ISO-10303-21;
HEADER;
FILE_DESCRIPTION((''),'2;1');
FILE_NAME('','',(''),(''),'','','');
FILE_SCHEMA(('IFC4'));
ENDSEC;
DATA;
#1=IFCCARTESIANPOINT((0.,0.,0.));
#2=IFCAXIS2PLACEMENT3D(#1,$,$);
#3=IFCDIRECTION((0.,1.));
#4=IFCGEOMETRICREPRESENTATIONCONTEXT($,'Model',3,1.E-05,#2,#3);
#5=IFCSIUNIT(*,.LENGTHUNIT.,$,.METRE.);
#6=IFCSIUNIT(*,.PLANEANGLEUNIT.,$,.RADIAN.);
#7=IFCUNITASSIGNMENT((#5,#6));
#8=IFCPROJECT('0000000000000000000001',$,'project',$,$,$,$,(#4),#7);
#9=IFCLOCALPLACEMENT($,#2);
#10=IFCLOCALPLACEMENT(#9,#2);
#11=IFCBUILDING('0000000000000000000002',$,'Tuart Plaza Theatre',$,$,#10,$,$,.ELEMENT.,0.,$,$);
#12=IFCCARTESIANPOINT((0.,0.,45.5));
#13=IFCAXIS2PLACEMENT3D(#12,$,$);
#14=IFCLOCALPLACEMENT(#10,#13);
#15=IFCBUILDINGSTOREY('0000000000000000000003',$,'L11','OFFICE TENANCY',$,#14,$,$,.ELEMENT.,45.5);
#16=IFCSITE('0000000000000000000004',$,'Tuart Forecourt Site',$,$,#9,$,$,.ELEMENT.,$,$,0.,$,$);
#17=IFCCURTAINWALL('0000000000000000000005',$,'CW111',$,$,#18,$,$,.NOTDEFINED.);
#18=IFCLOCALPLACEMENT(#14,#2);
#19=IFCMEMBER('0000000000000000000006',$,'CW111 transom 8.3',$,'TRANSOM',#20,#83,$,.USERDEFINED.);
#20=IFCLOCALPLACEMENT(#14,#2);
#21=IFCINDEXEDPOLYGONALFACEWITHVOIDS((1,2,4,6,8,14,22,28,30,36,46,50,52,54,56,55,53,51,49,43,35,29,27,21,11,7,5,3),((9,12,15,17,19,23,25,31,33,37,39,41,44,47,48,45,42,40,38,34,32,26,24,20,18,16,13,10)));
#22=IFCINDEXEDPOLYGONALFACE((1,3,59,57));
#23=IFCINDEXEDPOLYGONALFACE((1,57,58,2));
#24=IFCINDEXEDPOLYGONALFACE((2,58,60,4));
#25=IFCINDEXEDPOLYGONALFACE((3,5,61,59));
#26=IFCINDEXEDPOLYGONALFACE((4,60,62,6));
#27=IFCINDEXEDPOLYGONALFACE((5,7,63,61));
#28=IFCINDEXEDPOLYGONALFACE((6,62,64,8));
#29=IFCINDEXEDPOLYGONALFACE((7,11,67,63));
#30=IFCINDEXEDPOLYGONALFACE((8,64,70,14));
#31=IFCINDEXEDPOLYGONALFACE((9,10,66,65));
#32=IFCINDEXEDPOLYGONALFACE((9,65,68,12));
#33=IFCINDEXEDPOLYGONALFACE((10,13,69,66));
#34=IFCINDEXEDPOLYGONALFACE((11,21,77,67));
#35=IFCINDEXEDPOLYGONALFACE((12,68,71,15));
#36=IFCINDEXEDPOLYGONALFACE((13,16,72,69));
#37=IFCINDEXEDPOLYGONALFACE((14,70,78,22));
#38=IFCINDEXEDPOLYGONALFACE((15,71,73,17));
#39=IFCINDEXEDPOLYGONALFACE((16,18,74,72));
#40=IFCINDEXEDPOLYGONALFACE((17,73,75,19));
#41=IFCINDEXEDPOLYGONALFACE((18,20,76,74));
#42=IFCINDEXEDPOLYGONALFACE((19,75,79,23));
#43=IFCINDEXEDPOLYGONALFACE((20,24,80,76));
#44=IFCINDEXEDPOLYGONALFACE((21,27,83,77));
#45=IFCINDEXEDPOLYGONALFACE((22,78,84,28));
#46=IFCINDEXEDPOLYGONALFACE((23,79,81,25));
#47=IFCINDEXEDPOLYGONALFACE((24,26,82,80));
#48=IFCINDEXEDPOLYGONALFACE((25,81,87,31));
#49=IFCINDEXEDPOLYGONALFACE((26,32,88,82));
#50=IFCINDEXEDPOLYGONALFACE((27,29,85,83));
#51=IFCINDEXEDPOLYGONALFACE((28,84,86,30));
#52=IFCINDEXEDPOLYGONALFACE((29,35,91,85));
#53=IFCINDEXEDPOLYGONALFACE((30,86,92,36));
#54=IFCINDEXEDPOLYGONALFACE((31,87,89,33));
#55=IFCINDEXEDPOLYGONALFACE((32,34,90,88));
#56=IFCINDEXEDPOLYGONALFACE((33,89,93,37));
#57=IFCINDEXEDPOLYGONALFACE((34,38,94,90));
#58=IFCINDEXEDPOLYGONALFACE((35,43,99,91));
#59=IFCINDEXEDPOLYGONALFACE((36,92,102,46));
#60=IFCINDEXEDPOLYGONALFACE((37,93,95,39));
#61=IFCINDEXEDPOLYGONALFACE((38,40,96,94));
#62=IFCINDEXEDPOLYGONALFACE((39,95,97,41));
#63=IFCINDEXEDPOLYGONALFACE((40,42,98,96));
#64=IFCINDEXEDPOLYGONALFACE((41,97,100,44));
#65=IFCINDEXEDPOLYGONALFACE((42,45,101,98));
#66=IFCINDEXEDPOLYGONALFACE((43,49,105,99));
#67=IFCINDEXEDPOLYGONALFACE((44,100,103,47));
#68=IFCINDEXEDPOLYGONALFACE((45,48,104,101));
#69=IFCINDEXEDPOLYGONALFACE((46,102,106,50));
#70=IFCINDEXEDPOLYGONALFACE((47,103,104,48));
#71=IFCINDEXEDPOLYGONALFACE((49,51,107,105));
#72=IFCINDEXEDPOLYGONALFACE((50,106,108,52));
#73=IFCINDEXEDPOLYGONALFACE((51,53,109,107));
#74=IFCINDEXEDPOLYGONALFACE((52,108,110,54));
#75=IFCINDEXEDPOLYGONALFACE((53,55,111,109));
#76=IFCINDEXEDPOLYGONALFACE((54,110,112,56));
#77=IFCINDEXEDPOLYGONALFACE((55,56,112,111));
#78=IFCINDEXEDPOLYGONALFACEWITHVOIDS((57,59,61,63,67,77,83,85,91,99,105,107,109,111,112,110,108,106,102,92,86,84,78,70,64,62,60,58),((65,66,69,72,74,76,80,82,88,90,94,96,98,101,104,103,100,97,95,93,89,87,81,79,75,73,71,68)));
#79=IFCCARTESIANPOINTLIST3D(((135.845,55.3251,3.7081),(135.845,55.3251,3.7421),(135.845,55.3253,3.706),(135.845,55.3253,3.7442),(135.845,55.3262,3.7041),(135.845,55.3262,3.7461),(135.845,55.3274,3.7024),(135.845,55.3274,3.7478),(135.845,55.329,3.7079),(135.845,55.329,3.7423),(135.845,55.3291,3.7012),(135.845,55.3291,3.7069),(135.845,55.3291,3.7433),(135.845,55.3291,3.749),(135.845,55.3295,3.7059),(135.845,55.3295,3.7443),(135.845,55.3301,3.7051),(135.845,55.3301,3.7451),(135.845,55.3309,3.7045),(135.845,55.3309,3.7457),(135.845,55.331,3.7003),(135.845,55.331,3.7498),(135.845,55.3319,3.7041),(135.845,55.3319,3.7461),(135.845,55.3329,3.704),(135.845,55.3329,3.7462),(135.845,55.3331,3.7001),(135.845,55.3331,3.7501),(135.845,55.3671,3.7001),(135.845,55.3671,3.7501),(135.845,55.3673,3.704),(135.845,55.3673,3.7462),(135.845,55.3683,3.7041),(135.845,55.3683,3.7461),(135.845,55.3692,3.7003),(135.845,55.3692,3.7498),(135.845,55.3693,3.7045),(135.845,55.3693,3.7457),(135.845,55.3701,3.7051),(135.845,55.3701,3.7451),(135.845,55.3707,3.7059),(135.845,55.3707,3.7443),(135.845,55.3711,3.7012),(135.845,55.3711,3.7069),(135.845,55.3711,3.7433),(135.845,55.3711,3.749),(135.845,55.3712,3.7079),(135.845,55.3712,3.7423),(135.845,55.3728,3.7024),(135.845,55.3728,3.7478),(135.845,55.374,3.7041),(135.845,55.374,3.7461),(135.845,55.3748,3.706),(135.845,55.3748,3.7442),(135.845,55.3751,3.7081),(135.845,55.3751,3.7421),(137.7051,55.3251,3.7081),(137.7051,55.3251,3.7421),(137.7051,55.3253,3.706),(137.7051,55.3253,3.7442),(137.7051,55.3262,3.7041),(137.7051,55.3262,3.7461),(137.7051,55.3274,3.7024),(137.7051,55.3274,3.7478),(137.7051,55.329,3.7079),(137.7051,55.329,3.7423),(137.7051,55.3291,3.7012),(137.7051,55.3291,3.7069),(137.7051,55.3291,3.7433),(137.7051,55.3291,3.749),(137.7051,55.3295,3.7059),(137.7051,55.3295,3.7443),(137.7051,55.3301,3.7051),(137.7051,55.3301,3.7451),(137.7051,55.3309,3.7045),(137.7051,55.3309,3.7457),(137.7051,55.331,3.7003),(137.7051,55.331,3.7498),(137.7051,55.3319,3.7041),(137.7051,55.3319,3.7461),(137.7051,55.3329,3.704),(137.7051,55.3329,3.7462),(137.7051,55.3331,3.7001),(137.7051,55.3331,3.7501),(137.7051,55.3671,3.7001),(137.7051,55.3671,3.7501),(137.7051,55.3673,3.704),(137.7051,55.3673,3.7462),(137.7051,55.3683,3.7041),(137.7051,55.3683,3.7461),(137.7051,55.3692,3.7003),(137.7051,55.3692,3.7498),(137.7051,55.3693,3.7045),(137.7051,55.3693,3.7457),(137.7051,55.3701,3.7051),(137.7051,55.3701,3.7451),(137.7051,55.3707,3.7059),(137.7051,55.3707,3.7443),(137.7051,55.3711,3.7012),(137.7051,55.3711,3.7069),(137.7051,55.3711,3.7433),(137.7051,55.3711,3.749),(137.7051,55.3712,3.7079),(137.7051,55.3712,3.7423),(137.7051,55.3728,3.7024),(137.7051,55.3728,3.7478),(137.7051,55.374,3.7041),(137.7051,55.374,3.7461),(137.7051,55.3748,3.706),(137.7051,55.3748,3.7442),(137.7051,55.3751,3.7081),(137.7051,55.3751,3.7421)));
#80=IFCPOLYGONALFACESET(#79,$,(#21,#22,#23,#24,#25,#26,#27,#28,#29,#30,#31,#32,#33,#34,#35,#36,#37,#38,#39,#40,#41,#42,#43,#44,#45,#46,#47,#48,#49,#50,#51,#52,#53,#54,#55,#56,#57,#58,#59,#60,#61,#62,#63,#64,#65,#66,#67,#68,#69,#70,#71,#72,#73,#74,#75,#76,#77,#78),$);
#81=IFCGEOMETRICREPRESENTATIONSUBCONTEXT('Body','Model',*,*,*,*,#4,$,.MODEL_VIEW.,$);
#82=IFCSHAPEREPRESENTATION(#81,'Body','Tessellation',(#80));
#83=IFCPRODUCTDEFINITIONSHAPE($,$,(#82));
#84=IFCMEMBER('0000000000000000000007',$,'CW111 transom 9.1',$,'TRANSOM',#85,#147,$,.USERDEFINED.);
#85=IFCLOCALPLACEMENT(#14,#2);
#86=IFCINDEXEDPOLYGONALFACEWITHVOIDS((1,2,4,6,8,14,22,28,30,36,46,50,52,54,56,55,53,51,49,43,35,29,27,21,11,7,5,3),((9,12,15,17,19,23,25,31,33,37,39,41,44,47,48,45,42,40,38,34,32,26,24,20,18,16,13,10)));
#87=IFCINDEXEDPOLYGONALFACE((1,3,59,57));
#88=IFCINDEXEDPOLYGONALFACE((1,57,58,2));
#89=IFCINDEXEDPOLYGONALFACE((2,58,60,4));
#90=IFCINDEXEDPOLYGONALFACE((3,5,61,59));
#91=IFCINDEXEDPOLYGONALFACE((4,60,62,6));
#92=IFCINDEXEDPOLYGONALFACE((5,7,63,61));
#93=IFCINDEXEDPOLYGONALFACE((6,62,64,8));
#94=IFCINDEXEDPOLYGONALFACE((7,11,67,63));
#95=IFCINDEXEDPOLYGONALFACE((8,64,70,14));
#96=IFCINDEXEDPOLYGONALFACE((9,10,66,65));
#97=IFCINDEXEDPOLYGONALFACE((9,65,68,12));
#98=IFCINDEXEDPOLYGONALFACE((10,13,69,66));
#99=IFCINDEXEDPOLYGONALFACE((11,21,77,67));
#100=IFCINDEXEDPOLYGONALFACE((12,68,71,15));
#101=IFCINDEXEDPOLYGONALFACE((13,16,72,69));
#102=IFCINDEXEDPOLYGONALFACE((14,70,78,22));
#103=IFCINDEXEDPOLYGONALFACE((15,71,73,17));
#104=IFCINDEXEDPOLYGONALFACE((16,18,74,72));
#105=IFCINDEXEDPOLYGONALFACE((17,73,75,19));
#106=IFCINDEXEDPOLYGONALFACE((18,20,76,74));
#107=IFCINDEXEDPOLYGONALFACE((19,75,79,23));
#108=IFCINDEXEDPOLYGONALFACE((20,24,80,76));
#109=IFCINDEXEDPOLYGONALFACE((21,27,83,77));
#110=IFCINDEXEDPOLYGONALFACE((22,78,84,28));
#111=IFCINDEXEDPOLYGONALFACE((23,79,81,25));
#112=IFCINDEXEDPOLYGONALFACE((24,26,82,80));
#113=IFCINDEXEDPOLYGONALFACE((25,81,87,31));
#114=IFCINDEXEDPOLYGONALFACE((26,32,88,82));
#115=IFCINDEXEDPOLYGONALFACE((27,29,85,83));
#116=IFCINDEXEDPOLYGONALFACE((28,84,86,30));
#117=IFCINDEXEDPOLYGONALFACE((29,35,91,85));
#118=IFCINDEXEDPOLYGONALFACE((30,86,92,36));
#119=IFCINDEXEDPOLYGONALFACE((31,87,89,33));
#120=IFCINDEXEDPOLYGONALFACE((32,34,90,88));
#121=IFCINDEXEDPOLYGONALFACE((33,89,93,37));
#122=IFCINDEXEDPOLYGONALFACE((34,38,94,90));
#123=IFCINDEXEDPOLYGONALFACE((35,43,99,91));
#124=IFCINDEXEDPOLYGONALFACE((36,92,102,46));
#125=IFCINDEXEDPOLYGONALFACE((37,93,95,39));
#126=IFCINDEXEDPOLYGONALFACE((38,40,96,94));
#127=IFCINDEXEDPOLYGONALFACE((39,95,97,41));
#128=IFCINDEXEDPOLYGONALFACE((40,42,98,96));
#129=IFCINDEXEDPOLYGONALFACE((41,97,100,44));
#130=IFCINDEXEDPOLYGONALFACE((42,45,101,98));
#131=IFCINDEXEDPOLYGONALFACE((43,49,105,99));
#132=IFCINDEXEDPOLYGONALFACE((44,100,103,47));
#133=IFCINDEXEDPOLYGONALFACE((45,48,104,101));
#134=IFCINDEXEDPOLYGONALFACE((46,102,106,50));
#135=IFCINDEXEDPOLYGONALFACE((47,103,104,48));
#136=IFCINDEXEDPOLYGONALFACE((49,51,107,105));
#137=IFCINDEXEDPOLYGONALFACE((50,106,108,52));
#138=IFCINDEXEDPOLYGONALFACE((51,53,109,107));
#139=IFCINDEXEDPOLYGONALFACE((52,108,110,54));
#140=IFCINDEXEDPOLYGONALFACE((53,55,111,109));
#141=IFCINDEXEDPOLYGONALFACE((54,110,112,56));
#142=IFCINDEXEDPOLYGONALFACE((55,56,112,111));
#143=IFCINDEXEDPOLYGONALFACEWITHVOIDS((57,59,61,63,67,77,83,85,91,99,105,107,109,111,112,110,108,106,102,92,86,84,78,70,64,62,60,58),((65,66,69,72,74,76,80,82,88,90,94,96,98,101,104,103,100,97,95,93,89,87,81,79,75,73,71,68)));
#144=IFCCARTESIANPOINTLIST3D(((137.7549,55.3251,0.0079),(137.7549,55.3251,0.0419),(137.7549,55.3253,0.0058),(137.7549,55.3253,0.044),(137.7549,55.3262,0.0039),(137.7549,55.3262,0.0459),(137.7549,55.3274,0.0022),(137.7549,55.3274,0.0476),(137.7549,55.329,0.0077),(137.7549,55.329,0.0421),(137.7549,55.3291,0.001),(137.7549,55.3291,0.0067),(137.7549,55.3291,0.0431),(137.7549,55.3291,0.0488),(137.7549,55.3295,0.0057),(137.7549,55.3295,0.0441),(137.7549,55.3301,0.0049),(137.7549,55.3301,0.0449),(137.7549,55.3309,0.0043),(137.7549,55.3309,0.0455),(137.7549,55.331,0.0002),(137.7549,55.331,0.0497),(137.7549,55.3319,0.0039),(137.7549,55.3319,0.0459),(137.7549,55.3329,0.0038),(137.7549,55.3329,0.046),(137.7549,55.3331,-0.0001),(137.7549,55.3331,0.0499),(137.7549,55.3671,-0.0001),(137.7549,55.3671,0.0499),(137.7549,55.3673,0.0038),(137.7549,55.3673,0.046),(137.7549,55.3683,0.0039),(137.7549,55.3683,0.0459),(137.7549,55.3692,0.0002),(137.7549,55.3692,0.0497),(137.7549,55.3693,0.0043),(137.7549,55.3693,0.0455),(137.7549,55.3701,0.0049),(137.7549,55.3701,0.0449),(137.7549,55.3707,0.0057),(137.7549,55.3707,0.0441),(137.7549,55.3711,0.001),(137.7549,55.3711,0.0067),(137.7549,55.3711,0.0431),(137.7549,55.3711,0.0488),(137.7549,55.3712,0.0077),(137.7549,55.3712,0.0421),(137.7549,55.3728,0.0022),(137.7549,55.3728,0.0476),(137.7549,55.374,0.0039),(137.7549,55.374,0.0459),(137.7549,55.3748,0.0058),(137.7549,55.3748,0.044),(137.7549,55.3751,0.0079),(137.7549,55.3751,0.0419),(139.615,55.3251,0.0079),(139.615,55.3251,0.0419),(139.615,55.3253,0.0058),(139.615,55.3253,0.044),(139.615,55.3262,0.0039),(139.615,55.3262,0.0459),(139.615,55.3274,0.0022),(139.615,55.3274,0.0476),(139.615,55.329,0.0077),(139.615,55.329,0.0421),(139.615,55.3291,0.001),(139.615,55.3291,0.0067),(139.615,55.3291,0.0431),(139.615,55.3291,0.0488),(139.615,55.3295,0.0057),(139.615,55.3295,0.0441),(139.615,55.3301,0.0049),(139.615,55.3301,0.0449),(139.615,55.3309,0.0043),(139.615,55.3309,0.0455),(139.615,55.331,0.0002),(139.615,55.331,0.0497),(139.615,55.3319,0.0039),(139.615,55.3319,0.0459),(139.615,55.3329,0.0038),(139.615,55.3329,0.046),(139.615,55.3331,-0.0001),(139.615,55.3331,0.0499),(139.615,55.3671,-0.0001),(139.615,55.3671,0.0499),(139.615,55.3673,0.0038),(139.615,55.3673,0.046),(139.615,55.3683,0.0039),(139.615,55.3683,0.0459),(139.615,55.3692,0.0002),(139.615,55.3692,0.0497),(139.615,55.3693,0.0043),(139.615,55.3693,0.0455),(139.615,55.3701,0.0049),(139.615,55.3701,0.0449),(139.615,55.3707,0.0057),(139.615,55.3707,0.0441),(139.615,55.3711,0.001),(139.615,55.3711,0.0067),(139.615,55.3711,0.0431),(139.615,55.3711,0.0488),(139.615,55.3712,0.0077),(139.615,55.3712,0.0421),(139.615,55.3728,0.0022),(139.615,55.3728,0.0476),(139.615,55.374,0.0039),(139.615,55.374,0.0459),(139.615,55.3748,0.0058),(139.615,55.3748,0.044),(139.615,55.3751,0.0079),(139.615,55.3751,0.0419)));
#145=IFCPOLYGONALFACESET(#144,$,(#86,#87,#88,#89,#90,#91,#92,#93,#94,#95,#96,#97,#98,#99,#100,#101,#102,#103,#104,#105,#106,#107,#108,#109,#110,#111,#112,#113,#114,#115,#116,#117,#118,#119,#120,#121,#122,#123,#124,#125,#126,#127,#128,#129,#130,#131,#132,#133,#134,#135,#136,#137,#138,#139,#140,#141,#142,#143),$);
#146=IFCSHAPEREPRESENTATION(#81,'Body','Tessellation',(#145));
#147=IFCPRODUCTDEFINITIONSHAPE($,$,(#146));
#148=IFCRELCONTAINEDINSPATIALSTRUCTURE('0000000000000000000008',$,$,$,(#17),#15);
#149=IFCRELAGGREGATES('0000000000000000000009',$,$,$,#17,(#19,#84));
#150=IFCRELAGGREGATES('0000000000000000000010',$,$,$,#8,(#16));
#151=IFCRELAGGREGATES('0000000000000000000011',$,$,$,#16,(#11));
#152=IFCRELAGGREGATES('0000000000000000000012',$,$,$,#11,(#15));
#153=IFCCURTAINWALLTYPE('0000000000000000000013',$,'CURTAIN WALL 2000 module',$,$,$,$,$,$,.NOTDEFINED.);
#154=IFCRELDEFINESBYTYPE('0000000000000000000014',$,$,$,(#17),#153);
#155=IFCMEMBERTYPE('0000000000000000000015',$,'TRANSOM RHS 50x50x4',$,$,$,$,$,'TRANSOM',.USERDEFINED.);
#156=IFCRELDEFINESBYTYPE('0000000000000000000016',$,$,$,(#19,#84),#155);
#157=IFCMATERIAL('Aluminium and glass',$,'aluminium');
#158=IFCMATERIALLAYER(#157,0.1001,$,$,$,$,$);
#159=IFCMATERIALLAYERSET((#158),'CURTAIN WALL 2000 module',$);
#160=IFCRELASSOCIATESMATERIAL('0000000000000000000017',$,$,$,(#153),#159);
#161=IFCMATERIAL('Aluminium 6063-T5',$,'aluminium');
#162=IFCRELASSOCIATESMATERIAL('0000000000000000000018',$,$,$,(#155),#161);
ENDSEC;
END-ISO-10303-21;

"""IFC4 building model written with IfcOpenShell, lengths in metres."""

from ifc_helpers import new_model, si_unit, direction, frame, origin, origin_2d, place, context, subcontext, project, spatial, hollow_rectangle, extrude, material, layer, layer_set, material_profile, profile_set, type_object, element, aggregate, save


model = new_model("IFC4")

# Units and contexts
model_context = context("Model", 3, precision=1e-05, world=origin(), true_north=direction((0.0, 1.0)))
body_context = subcontext(model_context, "Body", "Model", "MODEL_VIEW")
ifc_project = project(units=[si_unit("LENGTHUNIT", "METRE"), si_unit("PLANEANGLEUNIT", "RADIAN")], contexts=[model_context])

# Site, building, storey
site_placement = place(None, origin())
site = spatial("IfcSite", under=ifc_project, at=site_placement, Name="Tuart Forecourt Site", CompositionType="ELEMENT", RefElevation=0.0)
building_placement = place(site_placement, origin())
building = spatial("IfcBuilding", under=site, at=building_placement, Name="Tuart Plaza Theatre", CompositionType="ELEMENT", ElevationOfRefHeight=0.0)
storey_placement = place(building_placement, frame((0.0, 0.0, 45.5)))
storey = spatial("IfcBuildingStorey", under=building, at=storey_placement, Name="L11", Description="OFFICE TENANCY", CompositionType="ELEMENT", Elevation=45.5)

# Shared definitions
ifc_material_1 = material(Name="Aluminium and glass", Category="aluminium")
ifc_layer_1 = layer(ifc_material_1, 0.1001)
ifc_layer_set_1 = layer_set([ifc_layer_1], Name="CURTAIN WALL 2000 module")
curtain_wall_type = type_object("IfcCurtainWallType", Name="CURTAIN WALL 2000 module", PredefinedType="NOTDEFINED", material=ifc_layer_set_1)

# Curtain wall
curtain_wall_1_placement = place(storey_placement, origin())
curtain_wall_1 = element("IfcCurtainWall", 1, at=curtain_wall_1_placement, inside=storey, type_object=curtain_wall_type, Name="CW111", PredefinedType="NOTDEFINED")

# Members
ifc_material_2 = material(Name="Aluminium 6063-T5", Category="aluminium")
ifc_material_profile_1 = material_profile(ifc_material_2, hollow_rectangle(XDim=0.05, YDim=0.05, WallThickness=0.0039, InnerFilletRadius=0.0039, OuterFilletRadius=0.0081, at=origin_2d()), Name="RHS 50x50x4")
ifc_profile_set_1 = profile_set([ifc_material_profile_1], Name="Aluminium 6063-T5")
member_type_1 = type_object("IfcMemberType", Name="TRANSOM RHS 50x50x4", ElementType="TRANSOM", PredefinedType="USERDEFINED", material=ifc_profile_set_1)
member_1_placement = place(storey_placement, frame((135.845, 55.3501, 3.7251), z_axis=(1.0, 0.0, 0.0), x_axis=(0.0, 1.0, 0.0)))
member_1 = element("IfcMember", 2, at=member_1_placement, type_object=member_type_1, Name="CW111 transom 8.3", ObjectType="TRANSOM", PredefinedType="USERDEFINED", context=body_context, shape_type="SweptSolid", body=[
    extrude(hollow_rectangle(XDim=0.05, YDim=0.05, WallThickness=0.0039, InnerFilletRadius=0.0039, OuterFilletRadius=0.0081, at=origin_2d()), origin(), (0.0, 0.0, 1.0), 1.8601),
])
member_2_placement = place(storey_placement, frame((137.7549, 55.3501, 0.0249), z_axis=(1.0, 0.0, 0.0), x_axis=(0.0, 1.0, 0.0)))
member_2 = element("IfcMember", 3, at=member_2_placement, type_object=member_type_1, Name="CW111 transom 9.1", ObjectType="TRANSOM", PredefinedType="USERDEFINED", context=body_context, shape_type="SweptSolid", body=[
    extrude(hollow_rectangle(XDim=0.05, YDim=0.05, WallThickness=0.0039, InnerFilletRadius=0.0039, OuterFilletRadius=0.0081, at=origin_2d()), origin(), (0.0, 0.0, 1.0), 1.8601),
])

aggregate(curtain_wall_1, [member_1, member_2])

save(model, "model.ifc")
